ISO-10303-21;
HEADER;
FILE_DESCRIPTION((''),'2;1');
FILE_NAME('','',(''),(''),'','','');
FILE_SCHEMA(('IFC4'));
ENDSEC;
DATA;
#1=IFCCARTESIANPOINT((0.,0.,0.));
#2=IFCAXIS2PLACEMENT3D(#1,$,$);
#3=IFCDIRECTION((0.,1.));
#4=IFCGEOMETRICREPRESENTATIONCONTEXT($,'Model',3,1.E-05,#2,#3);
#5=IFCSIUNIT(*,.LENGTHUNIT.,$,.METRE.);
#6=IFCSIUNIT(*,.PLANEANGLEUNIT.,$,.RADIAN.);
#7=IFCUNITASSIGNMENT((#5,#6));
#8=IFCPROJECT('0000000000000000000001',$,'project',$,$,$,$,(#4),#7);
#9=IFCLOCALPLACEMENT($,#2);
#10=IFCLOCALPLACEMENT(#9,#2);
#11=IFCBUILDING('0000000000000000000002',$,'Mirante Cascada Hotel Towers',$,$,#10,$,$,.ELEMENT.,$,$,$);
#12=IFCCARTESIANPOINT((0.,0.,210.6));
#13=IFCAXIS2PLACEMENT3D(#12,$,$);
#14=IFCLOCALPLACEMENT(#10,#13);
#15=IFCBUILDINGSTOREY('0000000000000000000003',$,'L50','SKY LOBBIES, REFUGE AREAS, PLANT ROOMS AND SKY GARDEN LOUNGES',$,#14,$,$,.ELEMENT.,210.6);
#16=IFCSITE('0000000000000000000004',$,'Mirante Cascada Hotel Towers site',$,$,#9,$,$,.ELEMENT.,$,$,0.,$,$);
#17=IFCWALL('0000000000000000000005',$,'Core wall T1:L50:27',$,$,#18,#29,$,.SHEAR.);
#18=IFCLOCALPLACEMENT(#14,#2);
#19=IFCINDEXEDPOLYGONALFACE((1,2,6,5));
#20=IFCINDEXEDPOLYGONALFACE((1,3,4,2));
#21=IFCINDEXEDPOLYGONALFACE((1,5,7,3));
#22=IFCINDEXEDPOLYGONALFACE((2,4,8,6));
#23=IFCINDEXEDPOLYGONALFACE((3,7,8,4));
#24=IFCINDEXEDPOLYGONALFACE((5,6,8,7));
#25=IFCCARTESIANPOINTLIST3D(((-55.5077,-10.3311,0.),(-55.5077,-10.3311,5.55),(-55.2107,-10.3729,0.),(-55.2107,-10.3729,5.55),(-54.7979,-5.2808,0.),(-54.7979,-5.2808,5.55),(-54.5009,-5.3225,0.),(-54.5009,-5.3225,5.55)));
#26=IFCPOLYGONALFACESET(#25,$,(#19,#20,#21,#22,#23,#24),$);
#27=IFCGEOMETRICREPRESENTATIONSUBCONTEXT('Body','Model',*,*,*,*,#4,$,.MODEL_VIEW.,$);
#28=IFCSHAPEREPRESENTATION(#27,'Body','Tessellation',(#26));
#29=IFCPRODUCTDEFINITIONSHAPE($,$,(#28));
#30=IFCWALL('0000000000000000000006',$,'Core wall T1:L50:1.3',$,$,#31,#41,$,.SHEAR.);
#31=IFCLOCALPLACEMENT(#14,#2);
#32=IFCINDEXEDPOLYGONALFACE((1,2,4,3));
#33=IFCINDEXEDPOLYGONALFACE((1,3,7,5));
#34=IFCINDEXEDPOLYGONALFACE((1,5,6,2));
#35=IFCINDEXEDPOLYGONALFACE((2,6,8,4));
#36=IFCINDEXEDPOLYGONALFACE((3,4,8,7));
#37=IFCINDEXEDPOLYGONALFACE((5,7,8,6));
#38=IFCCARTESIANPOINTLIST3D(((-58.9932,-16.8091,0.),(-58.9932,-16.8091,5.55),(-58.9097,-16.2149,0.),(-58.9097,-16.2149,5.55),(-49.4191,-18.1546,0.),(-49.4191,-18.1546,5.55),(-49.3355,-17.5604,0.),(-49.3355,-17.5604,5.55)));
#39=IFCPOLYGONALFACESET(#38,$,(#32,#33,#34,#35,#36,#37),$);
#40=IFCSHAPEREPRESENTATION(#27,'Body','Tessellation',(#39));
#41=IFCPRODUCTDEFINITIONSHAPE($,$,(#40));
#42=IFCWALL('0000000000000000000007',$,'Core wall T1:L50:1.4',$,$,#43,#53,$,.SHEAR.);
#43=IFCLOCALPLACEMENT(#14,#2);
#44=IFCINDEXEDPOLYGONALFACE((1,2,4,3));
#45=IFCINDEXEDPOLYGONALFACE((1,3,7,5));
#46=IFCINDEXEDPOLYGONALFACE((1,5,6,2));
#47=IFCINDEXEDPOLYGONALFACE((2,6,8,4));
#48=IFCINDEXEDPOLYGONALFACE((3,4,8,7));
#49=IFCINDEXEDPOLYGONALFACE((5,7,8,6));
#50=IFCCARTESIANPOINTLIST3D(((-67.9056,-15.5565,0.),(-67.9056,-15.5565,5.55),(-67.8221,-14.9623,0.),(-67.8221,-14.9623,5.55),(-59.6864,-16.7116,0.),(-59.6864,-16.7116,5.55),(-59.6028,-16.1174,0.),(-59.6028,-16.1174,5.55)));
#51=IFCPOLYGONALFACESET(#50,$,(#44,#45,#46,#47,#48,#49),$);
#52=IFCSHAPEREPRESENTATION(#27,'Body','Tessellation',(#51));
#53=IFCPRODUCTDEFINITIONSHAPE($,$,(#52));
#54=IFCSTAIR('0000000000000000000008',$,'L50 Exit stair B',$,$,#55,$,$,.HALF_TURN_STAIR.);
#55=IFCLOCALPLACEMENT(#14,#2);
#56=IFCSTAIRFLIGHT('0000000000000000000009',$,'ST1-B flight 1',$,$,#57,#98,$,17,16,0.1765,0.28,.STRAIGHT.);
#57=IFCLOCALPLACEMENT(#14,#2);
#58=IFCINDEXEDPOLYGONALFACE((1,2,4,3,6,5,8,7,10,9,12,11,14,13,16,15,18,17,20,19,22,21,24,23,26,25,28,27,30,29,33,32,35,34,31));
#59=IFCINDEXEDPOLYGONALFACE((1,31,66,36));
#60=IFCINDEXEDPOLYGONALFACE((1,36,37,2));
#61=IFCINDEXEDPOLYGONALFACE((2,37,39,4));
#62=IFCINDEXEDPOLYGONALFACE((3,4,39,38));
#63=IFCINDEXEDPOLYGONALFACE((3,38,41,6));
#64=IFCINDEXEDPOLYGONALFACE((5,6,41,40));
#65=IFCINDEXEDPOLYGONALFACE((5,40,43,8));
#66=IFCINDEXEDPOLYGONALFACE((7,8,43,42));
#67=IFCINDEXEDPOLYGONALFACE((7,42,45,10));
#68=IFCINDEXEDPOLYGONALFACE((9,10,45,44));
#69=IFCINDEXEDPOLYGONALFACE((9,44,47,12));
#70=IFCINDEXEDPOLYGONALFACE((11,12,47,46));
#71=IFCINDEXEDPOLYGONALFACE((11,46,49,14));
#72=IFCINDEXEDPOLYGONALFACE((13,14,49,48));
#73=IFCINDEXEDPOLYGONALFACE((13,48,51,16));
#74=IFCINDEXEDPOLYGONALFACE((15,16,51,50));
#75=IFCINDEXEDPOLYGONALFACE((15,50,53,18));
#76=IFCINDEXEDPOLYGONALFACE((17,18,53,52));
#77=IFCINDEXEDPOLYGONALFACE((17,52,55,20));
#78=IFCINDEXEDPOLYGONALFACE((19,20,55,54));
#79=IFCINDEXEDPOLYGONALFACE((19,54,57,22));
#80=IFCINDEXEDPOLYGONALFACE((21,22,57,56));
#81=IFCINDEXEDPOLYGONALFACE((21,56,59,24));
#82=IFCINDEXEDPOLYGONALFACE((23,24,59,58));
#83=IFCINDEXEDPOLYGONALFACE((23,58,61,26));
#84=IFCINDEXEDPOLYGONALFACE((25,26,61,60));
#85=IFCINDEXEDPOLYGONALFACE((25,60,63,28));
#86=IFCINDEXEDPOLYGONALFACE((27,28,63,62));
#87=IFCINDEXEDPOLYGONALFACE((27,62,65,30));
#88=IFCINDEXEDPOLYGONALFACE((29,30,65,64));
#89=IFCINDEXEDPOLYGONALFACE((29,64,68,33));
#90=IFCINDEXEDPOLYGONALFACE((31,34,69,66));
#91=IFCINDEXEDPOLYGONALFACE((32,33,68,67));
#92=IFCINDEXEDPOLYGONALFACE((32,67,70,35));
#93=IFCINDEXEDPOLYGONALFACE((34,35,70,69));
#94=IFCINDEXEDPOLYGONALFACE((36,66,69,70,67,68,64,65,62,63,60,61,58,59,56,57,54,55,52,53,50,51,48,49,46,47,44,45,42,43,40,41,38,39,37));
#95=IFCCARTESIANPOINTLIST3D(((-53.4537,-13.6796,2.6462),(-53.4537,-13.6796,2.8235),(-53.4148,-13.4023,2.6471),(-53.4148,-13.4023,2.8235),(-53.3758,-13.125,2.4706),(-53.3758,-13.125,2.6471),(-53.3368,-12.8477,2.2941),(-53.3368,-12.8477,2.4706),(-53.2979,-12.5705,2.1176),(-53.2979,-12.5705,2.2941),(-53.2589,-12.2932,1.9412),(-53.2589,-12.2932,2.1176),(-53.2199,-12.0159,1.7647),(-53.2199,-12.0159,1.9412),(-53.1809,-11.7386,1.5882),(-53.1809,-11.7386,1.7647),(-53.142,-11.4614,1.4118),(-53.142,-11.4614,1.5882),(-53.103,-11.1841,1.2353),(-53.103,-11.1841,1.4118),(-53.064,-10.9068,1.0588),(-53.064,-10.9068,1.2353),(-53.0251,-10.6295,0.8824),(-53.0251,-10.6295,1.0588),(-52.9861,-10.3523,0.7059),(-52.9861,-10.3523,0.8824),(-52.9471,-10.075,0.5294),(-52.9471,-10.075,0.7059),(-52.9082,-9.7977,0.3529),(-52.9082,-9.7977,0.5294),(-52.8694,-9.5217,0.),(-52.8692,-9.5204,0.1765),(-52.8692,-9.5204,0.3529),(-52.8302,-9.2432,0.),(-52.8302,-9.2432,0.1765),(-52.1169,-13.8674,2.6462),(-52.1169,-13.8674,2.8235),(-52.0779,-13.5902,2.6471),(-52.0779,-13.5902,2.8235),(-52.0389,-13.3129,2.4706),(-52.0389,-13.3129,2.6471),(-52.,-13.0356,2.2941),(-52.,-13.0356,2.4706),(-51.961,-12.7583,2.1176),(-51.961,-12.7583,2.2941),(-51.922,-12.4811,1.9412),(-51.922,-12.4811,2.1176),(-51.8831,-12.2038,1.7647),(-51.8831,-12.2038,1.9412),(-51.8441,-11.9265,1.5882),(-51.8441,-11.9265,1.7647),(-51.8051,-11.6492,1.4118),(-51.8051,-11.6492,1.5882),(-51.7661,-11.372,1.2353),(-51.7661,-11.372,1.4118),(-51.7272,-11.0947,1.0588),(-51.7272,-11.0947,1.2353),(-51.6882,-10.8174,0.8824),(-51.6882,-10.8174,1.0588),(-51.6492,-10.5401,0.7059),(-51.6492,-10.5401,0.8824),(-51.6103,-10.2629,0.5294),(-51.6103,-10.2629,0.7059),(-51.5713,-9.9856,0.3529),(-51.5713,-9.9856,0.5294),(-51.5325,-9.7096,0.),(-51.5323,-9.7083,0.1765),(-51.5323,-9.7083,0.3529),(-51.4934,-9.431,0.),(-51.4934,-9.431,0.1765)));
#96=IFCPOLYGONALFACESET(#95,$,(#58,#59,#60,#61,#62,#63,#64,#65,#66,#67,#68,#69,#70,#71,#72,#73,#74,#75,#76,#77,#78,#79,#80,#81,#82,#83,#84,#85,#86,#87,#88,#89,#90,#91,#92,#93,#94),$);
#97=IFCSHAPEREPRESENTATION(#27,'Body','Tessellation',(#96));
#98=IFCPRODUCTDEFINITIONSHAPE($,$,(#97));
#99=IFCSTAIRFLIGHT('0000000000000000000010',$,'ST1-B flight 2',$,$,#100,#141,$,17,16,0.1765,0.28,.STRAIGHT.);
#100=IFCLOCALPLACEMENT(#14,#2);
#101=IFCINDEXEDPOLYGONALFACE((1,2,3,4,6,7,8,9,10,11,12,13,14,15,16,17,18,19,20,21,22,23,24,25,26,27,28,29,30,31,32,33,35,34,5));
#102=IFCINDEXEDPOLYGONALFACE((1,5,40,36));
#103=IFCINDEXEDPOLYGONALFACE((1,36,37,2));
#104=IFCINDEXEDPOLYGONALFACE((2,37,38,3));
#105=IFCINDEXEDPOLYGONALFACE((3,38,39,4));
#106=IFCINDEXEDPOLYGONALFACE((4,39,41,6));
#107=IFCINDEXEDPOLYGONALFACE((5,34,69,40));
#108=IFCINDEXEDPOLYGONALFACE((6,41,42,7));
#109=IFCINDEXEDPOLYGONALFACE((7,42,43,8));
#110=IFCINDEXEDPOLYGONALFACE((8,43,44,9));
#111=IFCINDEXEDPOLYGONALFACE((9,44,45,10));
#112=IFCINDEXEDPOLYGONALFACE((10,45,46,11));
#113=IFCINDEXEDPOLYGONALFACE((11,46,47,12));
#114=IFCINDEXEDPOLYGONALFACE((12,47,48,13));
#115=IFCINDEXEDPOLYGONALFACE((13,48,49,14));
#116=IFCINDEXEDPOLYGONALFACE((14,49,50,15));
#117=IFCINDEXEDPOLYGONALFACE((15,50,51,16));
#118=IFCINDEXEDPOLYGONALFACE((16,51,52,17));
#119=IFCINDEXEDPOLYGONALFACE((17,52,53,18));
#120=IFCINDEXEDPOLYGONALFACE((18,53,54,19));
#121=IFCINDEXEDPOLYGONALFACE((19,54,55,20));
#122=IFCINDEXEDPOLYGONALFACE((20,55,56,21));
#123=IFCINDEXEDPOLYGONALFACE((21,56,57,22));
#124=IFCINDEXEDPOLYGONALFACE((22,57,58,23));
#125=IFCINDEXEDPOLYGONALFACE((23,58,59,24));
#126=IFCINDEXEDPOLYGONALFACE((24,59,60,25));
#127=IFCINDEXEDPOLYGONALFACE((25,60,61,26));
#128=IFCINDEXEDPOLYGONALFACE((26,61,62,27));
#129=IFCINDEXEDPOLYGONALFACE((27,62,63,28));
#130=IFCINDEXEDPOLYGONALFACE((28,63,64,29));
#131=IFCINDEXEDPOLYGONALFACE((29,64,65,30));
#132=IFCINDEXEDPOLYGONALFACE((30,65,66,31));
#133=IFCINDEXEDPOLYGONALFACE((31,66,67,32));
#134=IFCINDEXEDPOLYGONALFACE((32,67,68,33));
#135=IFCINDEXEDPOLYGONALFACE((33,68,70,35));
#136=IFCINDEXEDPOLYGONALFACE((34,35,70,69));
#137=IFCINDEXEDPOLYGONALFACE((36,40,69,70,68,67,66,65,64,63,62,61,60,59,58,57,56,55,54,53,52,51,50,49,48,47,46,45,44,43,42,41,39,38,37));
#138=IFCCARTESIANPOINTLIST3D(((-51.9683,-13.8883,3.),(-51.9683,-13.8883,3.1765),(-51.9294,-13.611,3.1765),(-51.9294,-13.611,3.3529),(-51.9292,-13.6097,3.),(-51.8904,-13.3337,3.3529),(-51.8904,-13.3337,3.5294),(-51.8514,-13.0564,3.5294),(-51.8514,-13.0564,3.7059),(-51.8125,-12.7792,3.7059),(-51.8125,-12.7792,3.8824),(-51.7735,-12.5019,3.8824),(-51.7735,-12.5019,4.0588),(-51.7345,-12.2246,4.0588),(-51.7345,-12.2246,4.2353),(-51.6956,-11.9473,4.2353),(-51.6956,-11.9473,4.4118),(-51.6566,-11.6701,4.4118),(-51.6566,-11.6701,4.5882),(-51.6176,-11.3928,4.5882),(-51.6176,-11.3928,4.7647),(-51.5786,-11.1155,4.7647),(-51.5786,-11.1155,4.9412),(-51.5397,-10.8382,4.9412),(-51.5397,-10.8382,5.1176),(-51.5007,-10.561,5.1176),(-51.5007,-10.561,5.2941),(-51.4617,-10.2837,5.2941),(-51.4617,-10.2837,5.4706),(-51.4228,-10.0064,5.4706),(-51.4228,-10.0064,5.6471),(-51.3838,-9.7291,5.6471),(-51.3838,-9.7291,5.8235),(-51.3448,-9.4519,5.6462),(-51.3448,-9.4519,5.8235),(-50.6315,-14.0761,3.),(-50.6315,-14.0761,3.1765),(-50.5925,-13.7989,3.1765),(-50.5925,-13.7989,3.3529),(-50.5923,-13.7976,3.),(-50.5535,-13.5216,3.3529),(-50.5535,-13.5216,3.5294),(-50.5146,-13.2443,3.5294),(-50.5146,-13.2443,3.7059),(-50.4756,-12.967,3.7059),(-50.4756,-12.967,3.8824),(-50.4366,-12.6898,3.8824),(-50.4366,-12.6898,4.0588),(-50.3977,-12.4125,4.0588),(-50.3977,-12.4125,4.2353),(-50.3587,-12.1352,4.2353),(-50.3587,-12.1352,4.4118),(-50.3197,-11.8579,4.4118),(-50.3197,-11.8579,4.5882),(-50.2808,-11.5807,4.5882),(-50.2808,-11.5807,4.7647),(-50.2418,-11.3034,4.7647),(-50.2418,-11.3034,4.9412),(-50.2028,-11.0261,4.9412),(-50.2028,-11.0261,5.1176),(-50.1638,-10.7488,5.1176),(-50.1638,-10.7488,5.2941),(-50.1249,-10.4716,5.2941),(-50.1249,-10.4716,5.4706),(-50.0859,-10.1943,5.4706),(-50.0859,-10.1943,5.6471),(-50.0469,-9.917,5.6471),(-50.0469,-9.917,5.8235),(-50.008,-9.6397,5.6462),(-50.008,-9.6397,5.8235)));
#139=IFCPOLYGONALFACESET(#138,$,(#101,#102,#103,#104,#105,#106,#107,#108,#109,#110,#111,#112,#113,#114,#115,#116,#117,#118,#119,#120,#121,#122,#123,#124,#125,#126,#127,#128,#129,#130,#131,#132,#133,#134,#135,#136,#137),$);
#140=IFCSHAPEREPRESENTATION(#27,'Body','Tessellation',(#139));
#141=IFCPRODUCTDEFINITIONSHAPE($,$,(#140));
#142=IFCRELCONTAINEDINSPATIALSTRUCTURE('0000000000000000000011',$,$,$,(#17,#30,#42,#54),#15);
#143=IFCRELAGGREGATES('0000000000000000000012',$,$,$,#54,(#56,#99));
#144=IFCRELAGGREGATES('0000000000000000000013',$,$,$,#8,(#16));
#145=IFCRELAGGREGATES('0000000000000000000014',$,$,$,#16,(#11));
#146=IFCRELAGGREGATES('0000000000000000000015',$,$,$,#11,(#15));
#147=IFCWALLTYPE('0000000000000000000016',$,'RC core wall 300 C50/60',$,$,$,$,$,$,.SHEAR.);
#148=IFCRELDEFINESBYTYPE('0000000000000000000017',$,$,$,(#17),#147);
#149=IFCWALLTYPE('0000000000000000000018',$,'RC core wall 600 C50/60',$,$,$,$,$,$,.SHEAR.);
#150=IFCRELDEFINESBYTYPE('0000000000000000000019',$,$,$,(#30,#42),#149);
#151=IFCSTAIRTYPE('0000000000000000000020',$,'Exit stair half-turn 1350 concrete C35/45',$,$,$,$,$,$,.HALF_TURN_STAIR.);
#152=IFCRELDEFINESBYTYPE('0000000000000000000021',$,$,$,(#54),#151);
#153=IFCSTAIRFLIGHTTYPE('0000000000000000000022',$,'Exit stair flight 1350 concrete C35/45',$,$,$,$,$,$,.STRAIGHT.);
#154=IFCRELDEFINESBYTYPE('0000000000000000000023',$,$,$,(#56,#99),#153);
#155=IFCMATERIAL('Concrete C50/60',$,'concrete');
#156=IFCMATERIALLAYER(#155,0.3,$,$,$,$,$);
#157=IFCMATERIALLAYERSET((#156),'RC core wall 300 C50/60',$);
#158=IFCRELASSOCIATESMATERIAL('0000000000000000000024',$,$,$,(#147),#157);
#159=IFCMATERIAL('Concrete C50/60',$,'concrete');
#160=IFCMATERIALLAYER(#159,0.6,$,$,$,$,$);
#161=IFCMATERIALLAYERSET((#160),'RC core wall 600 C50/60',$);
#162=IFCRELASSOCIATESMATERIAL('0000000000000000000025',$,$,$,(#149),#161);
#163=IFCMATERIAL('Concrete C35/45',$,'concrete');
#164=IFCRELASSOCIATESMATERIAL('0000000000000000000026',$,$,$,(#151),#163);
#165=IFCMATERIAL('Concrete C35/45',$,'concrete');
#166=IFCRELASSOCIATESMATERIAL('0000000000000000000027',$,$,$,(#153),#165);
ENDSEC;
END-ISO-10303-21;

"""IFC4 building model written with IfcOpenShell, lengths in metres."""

from ifc_helpers import new_model, si_unit, direction, frame, frame_2d, origin, place, context, subcontext, project, spatial, polyline, rectangle, outline, extrude, material, layer, layer_set, type_object, element, aggregate, save


model = new_model("IFC4")

# Units and contexts
model_context = context("Model", 3, precision=1e-05, world=origin(), true_north=direction((0.0, 1.0)))
body_context = subcontext(model_context, "Body", "Model", "MODEL_VIEW")
ifc_project = project(units=[si_unit("LENGTHUNIT", "METRE"), si_unit("PLANEANGLEUNIT", "RADIAN")], contexts=[model_context])

# Site, building, storey
site_placement = place(None, origin())
site = spatial("IfcSite", under=ifc_project, at=site_placement, Name="Mirante Cascada Hotel Towers site", CompositionType="ELEMENT", RefElevation=0.0)
building_placement = place(site_placement, origin())
building = spatial("IfcBuilding", under=site, at=building_placement, Name="Mirante Cascada Hotel Towers", CompositionType="ELEMENT")
storey_placement = place(building_placement, frame((0.0, 0.0, 210.6)))
storey = spatial("IfcBuildingStorey", under=building, at=storey_placement, Name="L50", Description="SKY LOBBIES, REFUGE AREAS, PLANT ROOMS AND SKY GARDEN LOUNGES", CompositionType="ELEMENT", Elevation=210.6)

# Shared definitions
ifc_material_1 = material(Name="Concrete C50/60", Category="concrete")
ifc_layer_1 = layer(ifc_material_1, 0.3)
ifc_layer_set_1 = layer_set([ifc_layer_1], Name="RC core wall 300 C50/60")
wall_type_1 = type_object("IfcWallType", Name="RC core wall 300 C50/60", PredefinedType="SHEAR", material=ifc_layer_set_1)

# Walls
wall_1_placement = place(storey_placement, frame((-55.3592, -10.352, 0.0), z_axis=(0.0, 0.0, 1.0), x_axis=(0.139176, 0.990268, 0.0)))
element("IfcWall", 1, at=wall_1_placement, inside=storey, type_object=wall_type_1, Name="Core wall T1:L50:27", PredefinedType="SHEAR", context=body_context, shape_type="SweptSolid", body=[
    extrude(rectangle(XDim=5.1, YDim=0.3, at=frame_2d((2.55, 0.0))), origin(), (0.0, 0.0, 1.0), 5.55),
])
ifc_material_2 = material(Name="Concrete C50/60", Category="concrete")
ifc_layer_2 = layer(ifc_material_2, 0.6)
ifc_layer_set_2 = layer_set([ifc_layer_2], Name="RC core wall 600 C50/60")
wall_type_2 = type_object("IfcWallType", Name="RC core wall 600 C50/60", PredefinedType="SHEAR", material=ifc_layer_set_2)
wall_2_placement = place(storey_placement, frame((-49.3773, -17.8575, 0.0), z_axis=(0.0, 0.0, 1.0), x_axis=(-0.990269, 0.139168, 0.0)))
element("IfcWall", 2, at=wall_2_placement, inside=storey, type_object=wall_type_2, Name="Core wall T1:L50:1.3", PredefinedType="SHEAR", context=body_context, shape_type="SweptSolid", body=[
    extrude(rectangle(XDim=9.6682, YDim=0.6, at=frame_2d((4.8341, 0.0))), origin(), (0.0, 0.0, 1.0), 5.55),
])
wall_3_placement = place(storey_placement, frame((-59.6446, -16.4145, 0.0), z_axis=(0.0, 0.0, 1.0), x_axis=(-0.990269, 0.139169, 0.0)))
element("IfcWall", 3, at=wall_3_placement, inside=storey, type_object=wall_type_2, Name="Core wall T1:L50:1.4", PredefinedType="SHEAR", context=body_context, shape_type="SweptSolid", body=[
    extrude(rectangle(XDim=8.3, YDim=0.6, at=frame_2d((4.15, 0.0))), origin(), (0.0, 0.0, 1.0), 5.55),
])

# Stair, stair flights
ifc_material_3 = material(Name="Concrete C35/45", Category="concrete")
stair_type = type_object("IfcStairType", Name="Exit stair half-turn 1350 concrete C35/45", PredefinedType="HALF_TURN_STAIR", material=ifc_material_3)
stair_placement = place(storey_placement, origin())
stair = element("IfcStair", 4, at=stair_placement, inside=storey, type_object=stair_type, Name="L50 Exit stair B", PredefinedType="HALF_TURN_STAIR")
ifc_material_4 = material(Name="Concrete C35/45", Category="concrete")
stair_flight_type = type_object("IfcStairFlightType", Name="Exit stair flight 1350 concrete C35/45", PredefinedType="STRAIGHT", material=ifc_material_4)
stair_flight_1_placement = place(storey_placement, frame((-52.1618, -9.3371, 0.0), z_axis=(0.0, 0.0, 1.0), x_axis=(-0.139173, -0.990268, 0.0)))
stair_flight_1 = element("IfcStairFlight", 5, at=stair_flight_1_placement, type_object=stair_flight_type, Name="ST1-B flight 1", NumberOfRisers=17, NumberOfTreads=16, PredefinedType="STRAIGHT", RiserHeight=0.1765, TreadLength=0.28, context=body_context, shape_type="SweptSolid", body=[
    extrude(outline(polyline([(0.0, 0.0), (0.0, 0.1765), (0.28, 0.1765), (0.28, 0.3529), (0.56, 0.3529), (0.56, 0.5294), (0.84, 0.5294), (0.84, 0.7059), (1.12, 0.7059), (1.12, 0.8824), (1.4, 0.8824), (1.4, 1.0588), (1.68, 1.0588), (1.68, 1.2353), (1.96, 1.2353), (1.96, 1.4118), (2.24, 1.4118), (2.24, 1.5882), (2.52, 1.5882), (2.52, 1.7647), (2.8, 1.7647), (2.8, 1.9412), (3.08, 1.9412), (3.08, 2.1176), (3.36, 2.1176), (3.36, 2.2941), (3.64, 2.2941), (3.64, 2.4706), (3.92, 2.4706), (3.92, 2.6471), (4.2, 2.6471), (4.2, 2.8235), (4.48, 2.8235), (4.48, 3.0), (4.48, 2.6462), (0.2813, 0.0), (0.0, 0.0)])), frame((0.0, 0.675, 0.0), z_axis=(0.0, -1.0, 0.0), x_axis=(1.0, 0.0, 0.0)), (0.0, 0.0, 1.0), 1.35),
])
stair_flight_2_placement = place(storey_placement, frame((-51.2999, -13.9822, 3.0), z_axis=(0.0, 0.0, 1.0), x_axis=(0.139173, 0.990268, 0.0)))
stair_flight_2 = element("IfcStairFlight", 6, at=stair_flight_2_placement, type_object=stair_flight_type, Name="ST1-B flight 2", NumberOfRisers=17, NumberOfTreads=16, PredefinedType="STRAIGHT", RiserHeight=0.1765, TreadLength=0.28, context=body_context, shape_type="SweptSolid", body=[
    extrude(outline(polyline([(0.0, 0.0), (0.0, 0.1765), (0.28, 0.1765), (0.28, 0.3529), (0.56, 0.3529), (0.56, 0.5294), (0.84, 0.5294), (0.84, 0.7059), (1.12, 0.7059), (1.12, 0.8824), (1.4, 0.8824), (1.4, 1.0588), (1.68, 1.0588), (1.68, 1.2353), (1.96, 1.2353), (1.96, 1.4118), (2.24, 1.4118), (2.24, 1.5882), (2.52, 1.5882), (2.52, 1.7647), (2.8, 1.7647), (2.8, 1.9412), (3.08, 1.9412), (3.08, 2.1176), (3.36, 2.1176), (3.36, 2.2941), (3.64, 2.2941), (3.64, 2.4706), (3.92, 2.4706), (3.92, 2.6471), (4.2, 2.6471), (4.2, 2.8235), (4.48, 2.8235), (4.48, 3.0), (4.48, 2.6462), (0.2813, 0.0), (0.0, 0.0)])), frame((0.0, 0.675, 0.0), z_axis=(0.0, -1.0, 0.0), x_axis=(1.0, 0.0, 0.0)), (0.0, 0.0, 1.0), 1.35),
])
aggregate(stair, [stair_flight_1, stair_flight_2])

save(model, "model.ifc")
